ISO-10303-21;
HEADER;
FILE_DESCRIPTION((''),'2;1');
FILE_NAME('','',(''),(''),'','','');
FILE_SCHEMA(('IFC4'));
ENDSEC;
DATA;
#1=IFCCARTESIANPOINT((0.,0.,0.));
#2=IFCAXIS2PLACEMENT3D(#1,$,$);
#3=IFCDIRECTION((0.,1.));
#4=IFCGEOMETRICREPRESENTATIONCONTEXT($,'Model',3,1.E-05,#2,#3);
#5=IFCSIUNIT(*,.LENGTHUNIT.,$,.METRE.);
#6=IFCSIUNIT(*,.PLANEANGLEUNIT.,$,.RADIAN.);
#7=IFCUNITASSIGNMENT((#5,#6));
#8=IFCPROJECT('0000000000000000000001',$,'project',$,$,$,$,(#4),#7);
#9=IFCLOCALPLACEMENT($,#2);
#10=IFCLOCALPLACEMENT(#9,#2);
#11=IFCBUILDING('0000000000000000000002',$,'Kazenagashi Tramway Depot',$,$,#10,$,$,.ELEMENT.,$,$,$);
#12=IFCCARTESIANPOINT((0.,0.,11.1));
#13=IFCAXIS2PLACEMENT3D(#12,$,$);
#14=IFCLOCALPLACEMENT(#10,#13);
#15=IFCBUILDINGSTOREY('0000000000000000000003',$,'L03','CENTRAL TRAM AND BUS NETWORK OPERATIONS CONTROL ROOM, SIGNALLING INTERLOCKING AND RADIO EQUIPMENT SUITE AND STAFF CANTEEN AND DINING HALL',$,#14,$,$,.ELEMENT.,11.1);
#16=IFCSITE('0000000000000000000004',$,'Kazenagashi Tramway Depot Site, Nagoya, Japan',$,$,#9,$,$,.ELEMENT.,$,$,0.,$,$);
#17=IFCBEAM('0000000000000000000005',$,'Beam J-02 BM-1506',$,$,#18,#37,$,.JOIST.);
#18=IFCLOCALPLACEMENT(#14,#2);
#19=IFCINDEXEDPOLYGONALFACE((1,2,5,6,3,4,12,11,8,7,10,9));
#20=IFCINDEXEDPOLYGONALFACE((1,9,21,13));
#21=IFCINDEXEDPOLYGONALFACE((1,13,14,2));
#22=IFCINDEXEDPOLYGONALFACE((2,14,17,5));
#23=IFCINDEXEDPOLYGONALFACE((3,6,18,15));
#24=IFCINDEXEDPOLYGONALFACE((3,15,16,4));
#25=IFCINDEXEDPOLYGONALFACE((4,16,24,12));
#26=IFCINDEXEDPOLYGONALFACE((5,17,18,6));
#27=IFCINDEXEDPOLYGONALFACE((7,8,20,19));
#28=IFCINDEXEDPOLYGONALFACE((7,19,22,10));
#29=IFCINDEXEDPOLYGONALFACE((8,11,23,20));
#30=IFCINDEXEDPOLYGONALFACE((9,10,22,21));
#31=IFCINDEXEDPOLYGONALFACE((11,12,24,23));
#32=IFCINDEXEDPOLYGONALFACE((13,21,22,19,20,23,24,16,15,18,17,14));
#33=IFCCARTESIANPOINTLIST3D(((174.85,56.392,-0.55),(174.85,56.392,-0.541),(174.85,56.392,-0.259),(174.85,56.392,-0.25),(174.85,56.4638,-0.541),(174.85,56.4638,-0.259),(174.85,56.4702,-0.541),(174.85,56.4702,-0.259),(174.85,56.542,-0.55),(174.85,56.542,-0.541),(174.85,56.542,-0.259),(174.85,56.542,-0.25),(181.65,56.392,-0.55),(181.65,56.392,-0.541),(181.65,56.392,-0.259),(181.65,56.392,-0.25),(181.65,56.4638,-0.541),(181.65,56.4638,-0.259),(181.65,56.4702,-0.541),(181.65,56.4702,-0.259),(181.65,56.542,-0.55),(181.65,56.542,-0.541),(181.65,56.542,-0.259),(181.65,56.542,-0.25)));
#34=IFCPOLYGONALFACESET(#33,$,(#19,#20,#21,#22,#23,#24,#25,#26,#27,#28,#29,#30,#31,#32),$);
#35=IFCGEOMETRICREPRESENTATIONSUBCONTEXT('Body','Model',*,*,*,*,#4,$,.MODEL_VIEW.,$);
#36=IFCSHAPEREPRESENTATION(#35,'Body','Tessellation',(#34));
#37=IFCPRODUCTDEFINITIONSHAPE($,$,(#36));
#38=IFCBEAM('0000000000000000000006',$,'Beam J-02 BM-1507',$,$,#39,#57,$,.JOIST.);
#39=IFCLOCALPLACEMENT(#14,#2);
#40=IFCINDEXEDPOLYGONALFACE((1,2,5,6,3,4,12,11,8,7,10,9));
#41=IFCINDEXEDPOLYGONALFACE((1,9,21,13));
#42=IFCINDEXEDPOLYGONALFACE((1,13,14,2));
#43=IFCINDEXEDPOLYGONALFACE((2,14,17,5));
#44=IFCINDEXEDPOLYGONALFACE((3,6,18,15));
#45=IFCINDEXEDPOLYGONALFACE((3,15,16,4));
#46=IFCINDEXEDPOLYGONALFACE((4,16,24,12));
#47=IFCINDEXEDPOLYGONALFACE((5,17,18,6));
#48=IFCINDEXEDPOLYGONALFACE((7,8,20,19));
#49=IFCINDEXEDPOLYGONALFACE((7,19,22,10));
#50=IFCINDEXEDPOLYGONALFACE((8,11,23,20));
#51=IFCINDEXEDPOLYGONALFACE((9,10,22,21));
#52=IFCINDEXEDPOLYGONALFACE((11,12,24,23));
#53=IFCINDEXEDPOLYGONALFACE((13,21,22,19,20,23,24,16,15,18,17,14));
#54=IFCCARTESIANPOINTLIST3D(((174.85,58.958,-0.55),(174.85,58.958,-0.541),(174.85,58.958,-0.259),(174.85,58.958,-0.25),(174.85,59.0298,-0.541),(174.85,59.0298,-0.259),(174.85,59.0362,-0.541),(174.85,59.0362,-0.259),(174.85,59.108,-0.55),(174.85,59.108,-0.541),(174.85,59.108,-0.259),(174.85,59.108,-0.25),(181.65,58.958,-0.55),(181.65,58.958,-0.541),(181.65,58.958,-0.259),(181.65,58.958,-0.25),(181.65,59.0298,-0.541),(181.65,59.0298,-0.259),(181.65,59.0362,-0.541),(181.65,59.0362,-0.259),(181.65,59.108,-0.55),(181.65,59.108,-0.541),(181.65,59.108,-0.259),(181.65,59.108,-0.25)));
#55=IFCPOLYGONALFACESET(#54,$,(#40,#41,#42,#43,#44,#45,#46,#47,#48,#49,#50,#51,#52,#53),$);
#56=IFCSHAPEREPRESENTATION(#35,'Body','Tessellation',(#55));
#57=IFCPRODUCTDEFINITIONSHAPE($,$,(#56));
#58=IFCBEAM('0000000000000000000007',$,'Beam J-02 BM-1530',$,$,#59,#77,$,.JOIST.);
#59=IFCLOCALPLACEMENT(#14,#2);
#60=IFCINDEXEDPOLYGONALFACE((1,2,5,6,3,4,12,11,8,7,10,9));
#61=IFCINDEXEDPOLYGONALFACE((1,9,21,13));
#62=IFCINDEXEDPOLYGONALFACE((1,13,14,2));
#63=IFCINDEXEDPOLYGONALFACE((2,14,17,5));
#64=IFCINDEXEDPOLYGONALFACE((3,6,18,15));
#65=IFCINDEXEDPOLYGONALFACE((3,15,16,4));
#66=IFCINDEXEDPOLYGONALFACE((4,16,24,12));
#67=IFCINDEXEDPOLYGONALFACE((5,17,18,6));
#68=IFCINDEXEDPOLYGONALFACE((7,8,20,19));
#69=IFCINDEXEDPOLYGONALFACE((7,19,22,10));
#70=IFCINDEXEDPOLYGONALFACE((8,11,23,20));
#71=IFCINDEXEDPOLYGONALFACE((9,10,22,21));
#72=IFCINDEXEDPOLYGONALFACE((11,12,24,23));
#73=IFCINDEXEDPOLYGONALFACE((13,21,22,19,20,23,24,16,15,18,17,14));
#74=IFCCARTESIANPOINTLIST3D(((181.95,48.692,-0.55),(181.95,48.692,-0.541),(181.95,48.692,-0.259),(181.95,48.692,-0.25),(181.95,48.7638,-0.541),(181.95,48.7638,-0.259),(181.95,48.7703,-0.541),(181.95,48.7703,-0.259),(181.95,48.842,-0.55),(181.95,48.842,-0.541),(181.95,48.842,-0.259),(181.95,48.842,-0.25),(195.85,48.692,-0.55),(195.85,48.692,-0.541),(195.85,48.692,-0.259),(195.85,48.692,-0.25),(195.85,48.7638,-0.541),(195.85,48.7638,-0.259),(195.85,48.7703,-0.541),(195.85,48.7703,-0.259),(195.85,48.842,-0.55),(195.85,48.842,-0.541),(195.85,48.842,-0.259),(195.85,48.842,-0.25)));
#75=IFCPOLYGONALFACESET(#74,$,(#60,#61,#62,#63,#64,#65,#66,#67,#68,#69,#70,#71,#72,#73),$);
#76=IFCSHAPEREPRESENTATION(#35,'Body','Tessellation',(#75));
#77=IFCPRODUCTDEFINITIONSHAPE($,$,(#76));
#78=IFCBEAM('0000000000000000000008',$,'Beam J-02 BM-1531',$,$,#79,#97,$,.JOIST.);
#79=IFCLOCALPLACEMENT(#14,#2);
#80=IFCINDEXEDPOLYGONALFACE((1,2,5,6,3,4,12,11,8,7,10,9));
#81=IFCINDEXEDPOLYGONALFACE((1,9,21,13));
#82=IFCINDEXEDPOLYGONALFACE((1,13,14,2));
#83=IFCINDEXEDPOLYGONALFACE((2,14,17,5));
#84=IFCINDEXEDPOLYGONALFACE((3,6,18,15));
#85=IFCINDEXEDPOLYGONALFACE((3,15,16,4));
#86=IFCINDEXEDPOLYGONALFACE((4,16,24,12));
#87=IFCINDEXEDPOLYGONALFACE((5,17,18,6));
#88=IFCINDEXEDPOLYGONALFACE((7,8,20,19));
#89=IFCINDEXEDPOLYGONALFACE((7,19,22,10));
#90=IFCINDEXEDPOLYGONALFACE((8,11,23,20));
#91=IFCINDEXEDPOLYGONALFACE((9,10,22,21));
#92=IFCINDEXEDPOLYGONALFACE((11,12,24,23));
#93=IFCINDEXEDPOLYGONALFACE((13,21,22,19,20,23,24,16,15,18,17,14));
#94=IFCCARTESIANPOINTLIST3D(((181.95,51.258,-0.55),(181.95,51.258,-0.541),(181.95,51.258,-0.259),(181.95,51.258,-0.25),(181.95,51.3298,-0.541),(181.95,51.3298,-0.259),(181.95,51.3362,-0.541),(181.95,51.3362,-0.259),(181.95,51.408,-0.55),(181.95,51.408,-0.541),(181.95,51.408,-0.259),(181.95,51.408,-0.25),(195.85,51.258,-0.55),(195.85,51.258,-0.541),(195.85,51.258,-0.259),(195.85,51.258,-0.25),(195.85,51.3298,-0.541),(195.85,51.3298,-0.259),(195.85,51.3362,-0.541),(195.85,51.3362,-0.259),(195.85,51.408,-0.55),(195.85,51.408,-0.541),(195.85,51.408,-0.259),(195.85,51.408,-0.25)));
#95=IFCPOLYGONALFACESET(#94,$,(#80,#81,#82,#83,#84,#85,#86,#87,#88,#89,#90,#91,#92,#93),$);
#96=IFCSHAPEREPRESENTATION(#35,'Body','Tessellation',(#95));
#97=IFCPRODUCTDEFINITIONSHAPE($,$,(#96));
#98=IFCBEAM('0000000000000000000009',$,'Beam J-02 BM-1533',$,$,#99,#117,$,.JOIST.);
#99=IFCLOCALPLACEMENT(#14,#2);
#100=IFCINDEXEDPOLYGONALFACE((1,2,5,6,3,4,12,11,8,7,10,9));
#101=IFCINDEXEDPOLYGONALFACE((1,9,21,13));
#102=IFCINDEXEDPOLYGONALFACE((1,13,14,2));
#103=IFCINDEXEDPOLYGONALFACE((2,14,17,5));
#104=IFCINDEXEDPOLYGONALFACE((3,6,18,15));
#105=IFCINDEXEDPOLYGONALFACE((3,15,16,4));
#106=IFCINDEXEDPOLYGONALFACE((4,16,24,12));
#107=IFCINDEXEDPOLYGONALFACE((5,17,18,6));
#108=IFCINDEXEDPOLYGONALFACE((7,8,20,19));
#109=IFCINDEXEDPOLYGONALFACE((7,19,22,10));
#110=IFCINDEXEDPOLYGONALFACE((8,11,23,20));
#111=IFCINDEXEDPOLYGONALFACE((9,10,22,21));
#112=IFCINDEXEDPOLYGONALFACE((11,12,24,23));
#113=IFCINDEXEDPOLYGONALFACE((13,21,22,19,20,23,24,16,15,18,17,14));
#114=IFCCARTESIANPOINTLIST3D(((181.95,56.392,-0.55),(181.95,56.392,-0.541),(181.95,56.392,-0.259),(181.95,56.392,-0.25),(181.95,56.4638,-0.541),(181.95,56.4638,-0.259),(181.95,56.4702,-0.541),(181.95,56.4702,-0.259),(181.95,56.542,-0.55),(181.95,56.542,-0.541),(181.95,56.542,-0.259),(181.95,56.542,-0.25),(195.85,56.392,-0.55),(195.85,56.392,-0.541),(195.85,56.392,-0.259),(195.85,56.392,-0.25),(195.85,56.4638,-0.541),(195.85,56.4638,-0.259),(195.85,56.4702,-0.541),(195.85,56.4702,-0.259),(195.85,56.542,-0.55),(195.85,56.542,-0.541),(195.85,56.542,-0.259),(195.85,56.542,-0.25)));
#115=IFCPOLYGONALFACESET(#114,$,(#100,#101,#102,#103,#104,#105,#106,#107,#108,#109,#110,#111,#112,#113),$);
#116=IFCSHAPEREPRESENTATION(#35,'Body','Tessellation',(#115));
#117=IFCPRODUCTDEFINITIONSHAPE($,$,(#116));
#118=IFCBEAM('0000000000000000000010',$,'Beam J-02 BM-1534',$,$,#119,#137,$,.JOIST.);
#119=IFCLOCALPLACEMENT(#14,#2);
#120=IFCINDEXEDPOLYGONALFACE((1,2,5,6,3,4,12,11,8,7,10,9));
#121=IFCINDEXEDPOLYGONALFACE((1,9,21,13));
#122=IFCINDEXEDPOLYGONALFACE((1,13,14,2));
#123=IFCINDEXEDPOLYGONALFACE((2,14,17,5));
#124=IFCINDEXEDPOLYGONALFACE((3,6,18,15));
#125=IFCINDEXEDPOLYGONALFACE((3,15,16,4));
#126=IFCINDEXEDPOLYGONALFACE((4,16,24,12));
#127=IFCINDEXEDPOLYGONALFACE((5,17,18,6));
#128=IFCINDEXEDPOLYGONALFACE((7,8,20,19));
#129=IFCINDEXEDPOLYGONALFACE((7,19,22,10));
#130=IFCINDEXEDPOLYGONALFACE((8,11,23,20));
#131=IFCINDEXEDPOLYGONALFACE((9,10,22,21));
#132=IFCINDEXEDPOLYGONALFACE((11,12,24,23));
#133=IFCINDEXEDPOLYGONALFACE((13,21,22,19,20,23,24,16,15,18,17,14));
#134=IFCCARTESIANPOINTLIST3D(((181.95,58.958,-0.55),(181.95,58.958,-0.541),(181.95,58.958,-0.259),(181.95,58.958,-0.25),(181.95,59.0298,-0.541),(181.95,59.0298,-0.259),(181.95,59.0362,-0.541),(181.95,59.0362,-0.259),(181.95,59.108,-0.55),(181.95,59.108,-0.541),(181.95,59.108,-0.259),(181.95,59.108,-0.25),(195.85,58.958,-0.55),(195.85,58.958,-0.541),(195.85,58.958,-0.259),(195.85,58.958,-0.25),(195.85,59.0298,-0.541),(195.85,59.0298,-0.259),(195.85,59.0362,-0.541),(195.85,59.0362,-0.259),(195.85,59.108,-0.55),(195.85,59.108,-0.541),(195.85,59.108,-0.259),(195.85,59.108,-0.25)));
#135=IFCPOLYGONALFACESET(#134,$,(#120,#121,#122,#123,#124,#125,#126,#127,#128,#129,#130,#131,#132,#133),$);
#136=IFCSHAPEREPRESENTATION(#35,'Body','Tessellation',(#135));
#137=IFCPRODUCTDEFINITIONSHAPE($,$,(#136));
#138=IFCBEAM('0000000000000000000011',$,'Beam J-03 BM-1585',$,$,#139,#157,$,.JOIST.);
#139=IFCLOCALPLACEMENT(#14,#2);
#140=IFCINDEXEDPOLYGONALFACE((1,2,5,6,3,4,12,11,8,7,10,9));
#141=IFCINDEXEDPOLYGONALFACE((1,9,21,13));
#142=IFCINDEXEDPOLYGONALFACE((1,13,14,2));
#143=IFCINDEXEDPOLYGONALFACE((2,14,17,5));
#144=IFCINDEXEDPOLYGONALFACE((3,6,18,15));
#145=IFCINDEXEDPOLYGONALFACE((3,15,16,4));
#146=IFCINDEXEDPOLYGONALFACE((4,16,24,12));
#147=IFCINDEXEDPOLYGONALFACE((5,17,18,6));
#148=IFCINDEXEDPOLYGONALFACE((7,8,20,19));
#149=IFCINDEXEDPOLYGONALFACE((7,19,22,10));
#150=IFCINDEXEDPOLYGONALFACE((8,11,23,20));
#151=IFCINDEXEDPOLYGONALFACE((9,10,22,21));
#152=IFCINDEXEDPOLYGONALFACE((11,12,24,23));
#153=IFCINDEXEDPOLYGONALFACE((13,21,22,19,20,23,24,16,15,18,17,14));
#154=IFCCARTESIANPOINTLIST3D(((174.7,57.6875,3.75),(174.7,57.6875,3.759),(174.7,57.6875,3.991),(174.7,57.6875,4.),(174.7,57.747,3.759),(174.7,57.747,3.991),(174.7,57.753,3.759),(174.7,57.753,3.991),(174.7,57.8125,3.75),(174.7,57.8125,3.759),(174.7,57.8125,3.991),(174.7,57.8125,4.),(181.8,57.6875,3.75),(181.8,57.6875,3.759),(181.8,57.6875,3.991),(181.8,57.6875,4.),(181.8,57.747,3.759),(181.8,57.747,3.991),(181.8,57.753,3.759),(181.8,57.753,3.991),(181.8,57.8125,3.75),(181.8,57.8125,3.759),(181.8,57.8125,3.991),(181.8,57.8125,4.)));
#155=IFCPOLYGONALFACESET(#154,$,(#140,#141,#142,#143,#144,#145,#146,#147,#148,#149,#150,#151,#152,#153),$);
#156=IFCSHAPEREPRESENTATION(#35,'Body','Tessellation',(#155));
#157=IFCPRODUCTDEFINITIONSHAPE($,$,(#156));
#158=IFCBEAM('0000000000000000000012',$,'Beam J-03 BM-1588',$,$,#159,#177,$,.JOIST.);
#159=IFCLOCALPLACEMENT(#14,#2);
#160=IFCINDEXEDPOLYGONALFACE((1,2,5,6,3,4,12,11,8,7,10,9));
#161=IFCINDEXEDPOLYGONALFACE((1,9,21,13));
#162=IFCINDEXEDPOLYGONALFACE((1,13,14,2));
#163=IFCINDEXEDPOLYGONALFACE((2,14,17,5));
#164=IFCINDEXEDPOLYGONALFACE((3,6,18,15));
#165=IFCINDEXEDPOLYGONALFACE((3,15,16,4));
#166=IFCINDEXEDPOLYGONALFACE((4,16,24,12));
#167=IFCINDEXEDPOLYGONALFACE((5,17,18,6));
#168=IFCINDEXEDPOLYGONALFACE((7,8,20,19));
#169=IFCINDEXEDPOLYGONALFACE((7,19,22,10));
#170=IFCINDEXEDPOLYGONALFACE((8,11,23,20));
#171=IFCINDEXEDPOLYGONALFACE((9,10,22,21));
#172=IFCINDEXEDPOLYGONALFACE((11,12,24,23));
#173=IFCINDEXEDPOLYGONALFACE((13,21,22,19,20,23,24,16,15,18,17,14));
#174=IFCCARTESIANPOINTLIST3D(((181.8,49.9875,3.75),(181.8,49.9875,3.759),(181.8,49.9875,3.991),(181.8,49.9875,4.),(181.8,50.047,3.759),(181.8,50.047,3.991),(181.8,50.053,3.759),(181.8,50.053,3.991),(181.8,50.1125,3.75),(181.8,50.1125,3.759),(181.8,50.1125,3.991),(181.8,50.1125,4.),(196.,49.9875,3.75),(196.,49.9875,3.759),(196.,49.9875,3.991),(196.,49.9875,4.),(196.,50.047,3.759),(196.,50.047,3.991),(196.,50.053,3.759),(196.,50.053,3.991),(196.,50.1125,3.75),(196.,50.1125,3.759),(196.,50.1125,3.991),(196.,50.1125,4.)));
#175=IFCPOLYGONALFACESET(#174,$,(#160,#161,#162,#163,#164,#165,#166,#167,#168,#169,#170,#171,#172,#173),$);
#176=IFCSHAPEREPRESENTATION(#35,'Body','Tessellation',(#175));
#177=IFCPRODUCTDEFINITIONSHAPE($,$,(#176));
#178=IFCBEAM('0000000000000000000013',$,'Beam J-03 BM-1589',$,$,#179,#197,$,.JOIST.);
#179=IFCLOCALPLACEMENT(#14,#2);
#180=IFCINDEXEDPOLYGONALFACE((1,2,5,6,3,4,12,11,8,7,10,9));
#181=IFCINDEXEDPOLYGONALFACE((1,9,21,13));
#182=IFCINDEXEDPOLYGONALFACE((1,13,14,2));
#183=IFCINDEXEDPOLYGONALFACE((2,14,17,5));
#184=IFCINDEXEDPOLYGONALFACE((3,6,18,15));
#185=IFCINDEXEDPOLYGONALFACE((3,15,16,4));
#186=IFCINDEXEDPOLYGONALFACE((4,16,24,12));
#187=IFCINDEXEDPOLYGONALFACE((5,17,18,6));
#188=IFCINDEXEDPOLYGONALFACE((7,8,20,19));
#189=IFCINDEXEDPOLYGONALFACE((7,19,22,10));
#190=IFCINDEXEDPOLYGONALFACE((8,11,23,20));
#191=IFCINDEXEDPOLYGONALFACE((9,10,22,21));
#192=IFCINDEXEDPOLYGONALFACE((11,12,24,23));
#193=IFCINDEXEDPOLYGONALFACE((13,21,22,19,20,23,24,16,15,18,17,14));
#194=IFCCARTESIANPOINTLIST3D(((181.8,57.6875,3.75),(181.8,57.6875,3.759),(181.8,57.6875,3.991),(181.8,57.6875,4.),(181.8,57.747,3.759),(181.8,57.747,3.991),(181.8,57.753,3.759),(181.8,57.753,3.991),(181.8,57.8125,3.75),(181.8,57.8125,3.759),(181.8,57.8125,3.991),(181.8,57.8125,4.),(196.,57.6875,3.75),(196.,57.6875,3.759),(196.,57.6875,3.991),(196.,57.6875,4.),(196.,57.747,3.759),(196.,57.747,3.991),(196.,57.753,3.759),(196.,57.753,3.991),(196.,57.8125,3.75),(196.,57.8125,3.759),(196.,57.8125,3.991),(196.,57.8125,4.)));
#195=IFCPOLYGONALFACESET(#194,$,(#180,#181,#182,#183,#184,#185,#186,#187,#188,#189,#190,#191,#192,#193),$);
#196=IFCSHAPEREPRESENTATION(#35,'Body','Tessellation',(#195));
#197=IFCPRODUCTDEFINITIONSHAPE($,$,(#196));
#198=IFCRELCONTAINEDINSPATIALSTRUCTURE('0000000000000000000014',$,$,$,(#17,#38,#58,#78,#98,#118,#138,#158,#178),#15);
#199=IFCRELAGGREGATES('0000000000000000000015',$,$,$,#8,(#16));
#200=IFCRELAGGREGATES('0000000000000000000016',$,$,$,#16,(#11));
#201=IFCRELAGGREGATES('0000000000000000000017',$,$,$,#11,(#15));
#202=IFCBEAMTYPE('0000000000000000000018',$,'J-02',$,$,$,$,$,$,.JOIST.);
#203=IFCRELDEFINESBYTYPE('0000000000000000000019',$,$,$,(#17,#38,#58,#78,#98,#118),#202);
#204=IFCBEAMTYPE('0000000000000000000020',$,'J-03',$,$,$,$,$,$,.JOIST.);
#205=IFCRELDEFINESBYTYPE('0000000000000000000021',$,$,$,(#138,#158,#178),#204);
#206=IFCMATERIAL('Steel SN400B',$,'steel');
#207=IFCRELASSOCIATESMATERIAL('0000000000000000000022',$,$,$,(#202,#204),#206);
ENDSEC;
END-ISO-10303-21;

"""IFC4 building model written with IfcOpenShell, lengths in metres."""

from ifc_helpers import new_model, si_unit, direction, frame, origin, origin_2d, place, context, subcontext, project, spatial, i_section, extrude, material, material_profile, profile_set, type_object, element, save


model = new_model("IFC4")

# Units and contexts
model_context = context("Model", 3, precision=1e-05, world=origin(), true_north=direction((0.0, 1.0)))
body_context = subcontext(model_context, "Body", "Model", "MODEL_VIEW")
ifc_project = project(units=[si_unit("LENGTHUNIT", "METRE"), si_unit("PLANEANGLEUNIT", "RADIAN")], contexts=[model_context])

# Site, building, storey
site_placement = place(None, origin())
site = spatial("IfcSite", under=ifc_project, at=site_placement, Name="Kazenagashi Tramway Depot Site, Nagoya, Japan", CompositionType="ELEMENT", RefElevation=0.0)
building_placement = place(site_placement, origin())
building = spatial("IfcBuilding", under=site, at=building_placement, Name="Kazenagashi Tramway Depot", CompositionType="ELEMENT")
storey_placement = place(building_placement, frame((0.0, 0.0, 11.1)))
storey = spatial("IfcBuildingStorey", under=building, at=storey_placement, Name="L03", Description="CENTRAL TRAM AND BUS NETWORK OPERATIONS CONTROL ROOM, SIGNALLING INTERLOCKING AND RADIO EQUIPMENT SUITE AND STAFF CANTEEN AND DINING HALL", CompositionType="ELEMENT", Elevation=11.1)

# Beams
ifc_material_1 = material(Name="Steel SN400B", Category="steel")
ifc_material_profile_1 = material_profile(ifc_material_1, i_section(OverallWidth=0.15, OverallDepth=0.3, WebThickness=0.0065, FlangeThickness=0.009, at=origin_2d()), Name="H-300x150x6.5x9")
ifc_profile_set_1 = profile_set([ifc_material_profile_1], Name="Steel SN400B")
beam_type_1 = type_object("IfcBeamType", Name="J-02", PredefinedType="JOIST", material=ifc_profile_set_1)
for number, where, z_axis, x_axis, name in (
    (1, (174.85, 56.467, -0.4), (1.0, 0.0, 0.0), (0.0, 1.0, 0.0), "Beam J-02 BM-1506"),
    (2, (174.85, 59.033, -0.4), (1.0, 0.0, 0.0), (0.0, 1.0, 0.0), "Beam J-02 BM-1507"),
):
    element("IfcBeam", number, at=place(storey_placement, frame(where, z_axis=z_axis, x_axis=x_axis)), inside=storey, type_object=beam_type_1, Name=name, PredefinedType="JOIST", context=body_context, shape_type="SweptSolid", body=[
        extrude(i_section(OverallWidth=0.15, OverallDepth=0.3, WebThickness=0.0065, FlangeThickness=0.009, at=origin_2d()), origin(), (0.0, 0.0, 1.0), 6.8),
    ])
for number, where, z_axis, x_axis, name in (
    (3, (181.95, 48.767, -0.4), (1.0, 0.0, 0.0), (0.0, 1.0, 0.0), "Beam J-02 BM-1530"),
    (4, (181.95, 51.333, -0.4), (1.0, 0.0, 0.0), (0.0, 1.0, 0.0), "Beam J-02 BM-1531"),
    (5, (181.95, 56.467, -0.4), (1.0, 0.0, 0.0), (0.0, 1.0, 0.0), "Beam J-02 BM-1533"),
    (6, (181.95, 59.033, -0.4), (1.0, 0.0, 0.0), (0.0, 1.0, 0.0), "Beam J-02 BM-1534"),
):
    element("IfcBeam", number, at=place(storey_placement, frame(where, z_axis=z_axis, x_axis=x_axis)), inside=storey, type_object=beam_type_1, Name=name, PredefinedType="JOIST", context=body_context, shape_type="SweptSolid", body=[
        extrude(i_section(OverallWidth=0.15, OverallDepth=0.3, WebThickness=0.0065, FlangeThickness=0.009, at=origin_2d()), origin(), (0.0, 0.0, 1.0), 13.9),
    ])
ifc_material_profile_2 = material_profile(ifc_material_1, i_section(OverallWidth=0.125, OverallDepth=0.25, WebThickness=0.006, FlangeThickness=0.009, at=origin_2d()), Name="H-250x125x6x9")
ifc_profile_set_2 = profile_set([ifc_material_profile_2], Name="Steel SN400B")
beam_type_2 = type_object("IfcBeamType", Name="J-03", PredefinedType="JOIST", material=ifc_profile_set_2)
beam_1_placement = place(storey_placement, frame((174.7, 57.75, 3.875), z_axis=(1.0, 0.0, 0.0), x_axis=(0.0, 1.0, 0.0)))
element("IfcBeam", 7, at=beam_1_placement, inside=storey, type_object=beam_type_2, Name="Beam J-03 BM-1585", PredefinedType="JOIST", context=body_context, shape_type="SweptSolid", body=[
    extrude(i_section(OverallWidth=0.125, OverallDepth=0.25, WebThickness=0.006, FlangeThickness=0.009, at=origin_2d()), origin(), (0.0, 0.0, 1.0), 7.1),
])
for number, where, z_axis, x_axis, name in (
    (8, (181.8, 50.05, 3.875), (1.0, 0.0, 0.0), (0.0, 1.0, 0.0), "Beam J-03 BM-1588"),
    (9, (181.8, 57.75, 3.875), (1.0, 0.0, 0.0), (0.0, 1.0, 0.0), "Beam J-03 BM-1589"),
):
    element("IfcBeam", number, at=place(storey_placement, frame(where, z_axis=z_axis, x_axis=x_axis)), inside=storey, type_object=beam_type_2, Name=name, PredefinedType="JOIST", context=body_context, shape_type="SweptSolid", body=[
        extrude(i_section(OverallWidth=0.125, OverallDepth=0.25, WebThickness=0.006, FlangeThickness=0.009, at=origin_2d()), origin(), (0.0, 0.0, 1.0), 14.2),
    ])

save(model, "model.ifc")
